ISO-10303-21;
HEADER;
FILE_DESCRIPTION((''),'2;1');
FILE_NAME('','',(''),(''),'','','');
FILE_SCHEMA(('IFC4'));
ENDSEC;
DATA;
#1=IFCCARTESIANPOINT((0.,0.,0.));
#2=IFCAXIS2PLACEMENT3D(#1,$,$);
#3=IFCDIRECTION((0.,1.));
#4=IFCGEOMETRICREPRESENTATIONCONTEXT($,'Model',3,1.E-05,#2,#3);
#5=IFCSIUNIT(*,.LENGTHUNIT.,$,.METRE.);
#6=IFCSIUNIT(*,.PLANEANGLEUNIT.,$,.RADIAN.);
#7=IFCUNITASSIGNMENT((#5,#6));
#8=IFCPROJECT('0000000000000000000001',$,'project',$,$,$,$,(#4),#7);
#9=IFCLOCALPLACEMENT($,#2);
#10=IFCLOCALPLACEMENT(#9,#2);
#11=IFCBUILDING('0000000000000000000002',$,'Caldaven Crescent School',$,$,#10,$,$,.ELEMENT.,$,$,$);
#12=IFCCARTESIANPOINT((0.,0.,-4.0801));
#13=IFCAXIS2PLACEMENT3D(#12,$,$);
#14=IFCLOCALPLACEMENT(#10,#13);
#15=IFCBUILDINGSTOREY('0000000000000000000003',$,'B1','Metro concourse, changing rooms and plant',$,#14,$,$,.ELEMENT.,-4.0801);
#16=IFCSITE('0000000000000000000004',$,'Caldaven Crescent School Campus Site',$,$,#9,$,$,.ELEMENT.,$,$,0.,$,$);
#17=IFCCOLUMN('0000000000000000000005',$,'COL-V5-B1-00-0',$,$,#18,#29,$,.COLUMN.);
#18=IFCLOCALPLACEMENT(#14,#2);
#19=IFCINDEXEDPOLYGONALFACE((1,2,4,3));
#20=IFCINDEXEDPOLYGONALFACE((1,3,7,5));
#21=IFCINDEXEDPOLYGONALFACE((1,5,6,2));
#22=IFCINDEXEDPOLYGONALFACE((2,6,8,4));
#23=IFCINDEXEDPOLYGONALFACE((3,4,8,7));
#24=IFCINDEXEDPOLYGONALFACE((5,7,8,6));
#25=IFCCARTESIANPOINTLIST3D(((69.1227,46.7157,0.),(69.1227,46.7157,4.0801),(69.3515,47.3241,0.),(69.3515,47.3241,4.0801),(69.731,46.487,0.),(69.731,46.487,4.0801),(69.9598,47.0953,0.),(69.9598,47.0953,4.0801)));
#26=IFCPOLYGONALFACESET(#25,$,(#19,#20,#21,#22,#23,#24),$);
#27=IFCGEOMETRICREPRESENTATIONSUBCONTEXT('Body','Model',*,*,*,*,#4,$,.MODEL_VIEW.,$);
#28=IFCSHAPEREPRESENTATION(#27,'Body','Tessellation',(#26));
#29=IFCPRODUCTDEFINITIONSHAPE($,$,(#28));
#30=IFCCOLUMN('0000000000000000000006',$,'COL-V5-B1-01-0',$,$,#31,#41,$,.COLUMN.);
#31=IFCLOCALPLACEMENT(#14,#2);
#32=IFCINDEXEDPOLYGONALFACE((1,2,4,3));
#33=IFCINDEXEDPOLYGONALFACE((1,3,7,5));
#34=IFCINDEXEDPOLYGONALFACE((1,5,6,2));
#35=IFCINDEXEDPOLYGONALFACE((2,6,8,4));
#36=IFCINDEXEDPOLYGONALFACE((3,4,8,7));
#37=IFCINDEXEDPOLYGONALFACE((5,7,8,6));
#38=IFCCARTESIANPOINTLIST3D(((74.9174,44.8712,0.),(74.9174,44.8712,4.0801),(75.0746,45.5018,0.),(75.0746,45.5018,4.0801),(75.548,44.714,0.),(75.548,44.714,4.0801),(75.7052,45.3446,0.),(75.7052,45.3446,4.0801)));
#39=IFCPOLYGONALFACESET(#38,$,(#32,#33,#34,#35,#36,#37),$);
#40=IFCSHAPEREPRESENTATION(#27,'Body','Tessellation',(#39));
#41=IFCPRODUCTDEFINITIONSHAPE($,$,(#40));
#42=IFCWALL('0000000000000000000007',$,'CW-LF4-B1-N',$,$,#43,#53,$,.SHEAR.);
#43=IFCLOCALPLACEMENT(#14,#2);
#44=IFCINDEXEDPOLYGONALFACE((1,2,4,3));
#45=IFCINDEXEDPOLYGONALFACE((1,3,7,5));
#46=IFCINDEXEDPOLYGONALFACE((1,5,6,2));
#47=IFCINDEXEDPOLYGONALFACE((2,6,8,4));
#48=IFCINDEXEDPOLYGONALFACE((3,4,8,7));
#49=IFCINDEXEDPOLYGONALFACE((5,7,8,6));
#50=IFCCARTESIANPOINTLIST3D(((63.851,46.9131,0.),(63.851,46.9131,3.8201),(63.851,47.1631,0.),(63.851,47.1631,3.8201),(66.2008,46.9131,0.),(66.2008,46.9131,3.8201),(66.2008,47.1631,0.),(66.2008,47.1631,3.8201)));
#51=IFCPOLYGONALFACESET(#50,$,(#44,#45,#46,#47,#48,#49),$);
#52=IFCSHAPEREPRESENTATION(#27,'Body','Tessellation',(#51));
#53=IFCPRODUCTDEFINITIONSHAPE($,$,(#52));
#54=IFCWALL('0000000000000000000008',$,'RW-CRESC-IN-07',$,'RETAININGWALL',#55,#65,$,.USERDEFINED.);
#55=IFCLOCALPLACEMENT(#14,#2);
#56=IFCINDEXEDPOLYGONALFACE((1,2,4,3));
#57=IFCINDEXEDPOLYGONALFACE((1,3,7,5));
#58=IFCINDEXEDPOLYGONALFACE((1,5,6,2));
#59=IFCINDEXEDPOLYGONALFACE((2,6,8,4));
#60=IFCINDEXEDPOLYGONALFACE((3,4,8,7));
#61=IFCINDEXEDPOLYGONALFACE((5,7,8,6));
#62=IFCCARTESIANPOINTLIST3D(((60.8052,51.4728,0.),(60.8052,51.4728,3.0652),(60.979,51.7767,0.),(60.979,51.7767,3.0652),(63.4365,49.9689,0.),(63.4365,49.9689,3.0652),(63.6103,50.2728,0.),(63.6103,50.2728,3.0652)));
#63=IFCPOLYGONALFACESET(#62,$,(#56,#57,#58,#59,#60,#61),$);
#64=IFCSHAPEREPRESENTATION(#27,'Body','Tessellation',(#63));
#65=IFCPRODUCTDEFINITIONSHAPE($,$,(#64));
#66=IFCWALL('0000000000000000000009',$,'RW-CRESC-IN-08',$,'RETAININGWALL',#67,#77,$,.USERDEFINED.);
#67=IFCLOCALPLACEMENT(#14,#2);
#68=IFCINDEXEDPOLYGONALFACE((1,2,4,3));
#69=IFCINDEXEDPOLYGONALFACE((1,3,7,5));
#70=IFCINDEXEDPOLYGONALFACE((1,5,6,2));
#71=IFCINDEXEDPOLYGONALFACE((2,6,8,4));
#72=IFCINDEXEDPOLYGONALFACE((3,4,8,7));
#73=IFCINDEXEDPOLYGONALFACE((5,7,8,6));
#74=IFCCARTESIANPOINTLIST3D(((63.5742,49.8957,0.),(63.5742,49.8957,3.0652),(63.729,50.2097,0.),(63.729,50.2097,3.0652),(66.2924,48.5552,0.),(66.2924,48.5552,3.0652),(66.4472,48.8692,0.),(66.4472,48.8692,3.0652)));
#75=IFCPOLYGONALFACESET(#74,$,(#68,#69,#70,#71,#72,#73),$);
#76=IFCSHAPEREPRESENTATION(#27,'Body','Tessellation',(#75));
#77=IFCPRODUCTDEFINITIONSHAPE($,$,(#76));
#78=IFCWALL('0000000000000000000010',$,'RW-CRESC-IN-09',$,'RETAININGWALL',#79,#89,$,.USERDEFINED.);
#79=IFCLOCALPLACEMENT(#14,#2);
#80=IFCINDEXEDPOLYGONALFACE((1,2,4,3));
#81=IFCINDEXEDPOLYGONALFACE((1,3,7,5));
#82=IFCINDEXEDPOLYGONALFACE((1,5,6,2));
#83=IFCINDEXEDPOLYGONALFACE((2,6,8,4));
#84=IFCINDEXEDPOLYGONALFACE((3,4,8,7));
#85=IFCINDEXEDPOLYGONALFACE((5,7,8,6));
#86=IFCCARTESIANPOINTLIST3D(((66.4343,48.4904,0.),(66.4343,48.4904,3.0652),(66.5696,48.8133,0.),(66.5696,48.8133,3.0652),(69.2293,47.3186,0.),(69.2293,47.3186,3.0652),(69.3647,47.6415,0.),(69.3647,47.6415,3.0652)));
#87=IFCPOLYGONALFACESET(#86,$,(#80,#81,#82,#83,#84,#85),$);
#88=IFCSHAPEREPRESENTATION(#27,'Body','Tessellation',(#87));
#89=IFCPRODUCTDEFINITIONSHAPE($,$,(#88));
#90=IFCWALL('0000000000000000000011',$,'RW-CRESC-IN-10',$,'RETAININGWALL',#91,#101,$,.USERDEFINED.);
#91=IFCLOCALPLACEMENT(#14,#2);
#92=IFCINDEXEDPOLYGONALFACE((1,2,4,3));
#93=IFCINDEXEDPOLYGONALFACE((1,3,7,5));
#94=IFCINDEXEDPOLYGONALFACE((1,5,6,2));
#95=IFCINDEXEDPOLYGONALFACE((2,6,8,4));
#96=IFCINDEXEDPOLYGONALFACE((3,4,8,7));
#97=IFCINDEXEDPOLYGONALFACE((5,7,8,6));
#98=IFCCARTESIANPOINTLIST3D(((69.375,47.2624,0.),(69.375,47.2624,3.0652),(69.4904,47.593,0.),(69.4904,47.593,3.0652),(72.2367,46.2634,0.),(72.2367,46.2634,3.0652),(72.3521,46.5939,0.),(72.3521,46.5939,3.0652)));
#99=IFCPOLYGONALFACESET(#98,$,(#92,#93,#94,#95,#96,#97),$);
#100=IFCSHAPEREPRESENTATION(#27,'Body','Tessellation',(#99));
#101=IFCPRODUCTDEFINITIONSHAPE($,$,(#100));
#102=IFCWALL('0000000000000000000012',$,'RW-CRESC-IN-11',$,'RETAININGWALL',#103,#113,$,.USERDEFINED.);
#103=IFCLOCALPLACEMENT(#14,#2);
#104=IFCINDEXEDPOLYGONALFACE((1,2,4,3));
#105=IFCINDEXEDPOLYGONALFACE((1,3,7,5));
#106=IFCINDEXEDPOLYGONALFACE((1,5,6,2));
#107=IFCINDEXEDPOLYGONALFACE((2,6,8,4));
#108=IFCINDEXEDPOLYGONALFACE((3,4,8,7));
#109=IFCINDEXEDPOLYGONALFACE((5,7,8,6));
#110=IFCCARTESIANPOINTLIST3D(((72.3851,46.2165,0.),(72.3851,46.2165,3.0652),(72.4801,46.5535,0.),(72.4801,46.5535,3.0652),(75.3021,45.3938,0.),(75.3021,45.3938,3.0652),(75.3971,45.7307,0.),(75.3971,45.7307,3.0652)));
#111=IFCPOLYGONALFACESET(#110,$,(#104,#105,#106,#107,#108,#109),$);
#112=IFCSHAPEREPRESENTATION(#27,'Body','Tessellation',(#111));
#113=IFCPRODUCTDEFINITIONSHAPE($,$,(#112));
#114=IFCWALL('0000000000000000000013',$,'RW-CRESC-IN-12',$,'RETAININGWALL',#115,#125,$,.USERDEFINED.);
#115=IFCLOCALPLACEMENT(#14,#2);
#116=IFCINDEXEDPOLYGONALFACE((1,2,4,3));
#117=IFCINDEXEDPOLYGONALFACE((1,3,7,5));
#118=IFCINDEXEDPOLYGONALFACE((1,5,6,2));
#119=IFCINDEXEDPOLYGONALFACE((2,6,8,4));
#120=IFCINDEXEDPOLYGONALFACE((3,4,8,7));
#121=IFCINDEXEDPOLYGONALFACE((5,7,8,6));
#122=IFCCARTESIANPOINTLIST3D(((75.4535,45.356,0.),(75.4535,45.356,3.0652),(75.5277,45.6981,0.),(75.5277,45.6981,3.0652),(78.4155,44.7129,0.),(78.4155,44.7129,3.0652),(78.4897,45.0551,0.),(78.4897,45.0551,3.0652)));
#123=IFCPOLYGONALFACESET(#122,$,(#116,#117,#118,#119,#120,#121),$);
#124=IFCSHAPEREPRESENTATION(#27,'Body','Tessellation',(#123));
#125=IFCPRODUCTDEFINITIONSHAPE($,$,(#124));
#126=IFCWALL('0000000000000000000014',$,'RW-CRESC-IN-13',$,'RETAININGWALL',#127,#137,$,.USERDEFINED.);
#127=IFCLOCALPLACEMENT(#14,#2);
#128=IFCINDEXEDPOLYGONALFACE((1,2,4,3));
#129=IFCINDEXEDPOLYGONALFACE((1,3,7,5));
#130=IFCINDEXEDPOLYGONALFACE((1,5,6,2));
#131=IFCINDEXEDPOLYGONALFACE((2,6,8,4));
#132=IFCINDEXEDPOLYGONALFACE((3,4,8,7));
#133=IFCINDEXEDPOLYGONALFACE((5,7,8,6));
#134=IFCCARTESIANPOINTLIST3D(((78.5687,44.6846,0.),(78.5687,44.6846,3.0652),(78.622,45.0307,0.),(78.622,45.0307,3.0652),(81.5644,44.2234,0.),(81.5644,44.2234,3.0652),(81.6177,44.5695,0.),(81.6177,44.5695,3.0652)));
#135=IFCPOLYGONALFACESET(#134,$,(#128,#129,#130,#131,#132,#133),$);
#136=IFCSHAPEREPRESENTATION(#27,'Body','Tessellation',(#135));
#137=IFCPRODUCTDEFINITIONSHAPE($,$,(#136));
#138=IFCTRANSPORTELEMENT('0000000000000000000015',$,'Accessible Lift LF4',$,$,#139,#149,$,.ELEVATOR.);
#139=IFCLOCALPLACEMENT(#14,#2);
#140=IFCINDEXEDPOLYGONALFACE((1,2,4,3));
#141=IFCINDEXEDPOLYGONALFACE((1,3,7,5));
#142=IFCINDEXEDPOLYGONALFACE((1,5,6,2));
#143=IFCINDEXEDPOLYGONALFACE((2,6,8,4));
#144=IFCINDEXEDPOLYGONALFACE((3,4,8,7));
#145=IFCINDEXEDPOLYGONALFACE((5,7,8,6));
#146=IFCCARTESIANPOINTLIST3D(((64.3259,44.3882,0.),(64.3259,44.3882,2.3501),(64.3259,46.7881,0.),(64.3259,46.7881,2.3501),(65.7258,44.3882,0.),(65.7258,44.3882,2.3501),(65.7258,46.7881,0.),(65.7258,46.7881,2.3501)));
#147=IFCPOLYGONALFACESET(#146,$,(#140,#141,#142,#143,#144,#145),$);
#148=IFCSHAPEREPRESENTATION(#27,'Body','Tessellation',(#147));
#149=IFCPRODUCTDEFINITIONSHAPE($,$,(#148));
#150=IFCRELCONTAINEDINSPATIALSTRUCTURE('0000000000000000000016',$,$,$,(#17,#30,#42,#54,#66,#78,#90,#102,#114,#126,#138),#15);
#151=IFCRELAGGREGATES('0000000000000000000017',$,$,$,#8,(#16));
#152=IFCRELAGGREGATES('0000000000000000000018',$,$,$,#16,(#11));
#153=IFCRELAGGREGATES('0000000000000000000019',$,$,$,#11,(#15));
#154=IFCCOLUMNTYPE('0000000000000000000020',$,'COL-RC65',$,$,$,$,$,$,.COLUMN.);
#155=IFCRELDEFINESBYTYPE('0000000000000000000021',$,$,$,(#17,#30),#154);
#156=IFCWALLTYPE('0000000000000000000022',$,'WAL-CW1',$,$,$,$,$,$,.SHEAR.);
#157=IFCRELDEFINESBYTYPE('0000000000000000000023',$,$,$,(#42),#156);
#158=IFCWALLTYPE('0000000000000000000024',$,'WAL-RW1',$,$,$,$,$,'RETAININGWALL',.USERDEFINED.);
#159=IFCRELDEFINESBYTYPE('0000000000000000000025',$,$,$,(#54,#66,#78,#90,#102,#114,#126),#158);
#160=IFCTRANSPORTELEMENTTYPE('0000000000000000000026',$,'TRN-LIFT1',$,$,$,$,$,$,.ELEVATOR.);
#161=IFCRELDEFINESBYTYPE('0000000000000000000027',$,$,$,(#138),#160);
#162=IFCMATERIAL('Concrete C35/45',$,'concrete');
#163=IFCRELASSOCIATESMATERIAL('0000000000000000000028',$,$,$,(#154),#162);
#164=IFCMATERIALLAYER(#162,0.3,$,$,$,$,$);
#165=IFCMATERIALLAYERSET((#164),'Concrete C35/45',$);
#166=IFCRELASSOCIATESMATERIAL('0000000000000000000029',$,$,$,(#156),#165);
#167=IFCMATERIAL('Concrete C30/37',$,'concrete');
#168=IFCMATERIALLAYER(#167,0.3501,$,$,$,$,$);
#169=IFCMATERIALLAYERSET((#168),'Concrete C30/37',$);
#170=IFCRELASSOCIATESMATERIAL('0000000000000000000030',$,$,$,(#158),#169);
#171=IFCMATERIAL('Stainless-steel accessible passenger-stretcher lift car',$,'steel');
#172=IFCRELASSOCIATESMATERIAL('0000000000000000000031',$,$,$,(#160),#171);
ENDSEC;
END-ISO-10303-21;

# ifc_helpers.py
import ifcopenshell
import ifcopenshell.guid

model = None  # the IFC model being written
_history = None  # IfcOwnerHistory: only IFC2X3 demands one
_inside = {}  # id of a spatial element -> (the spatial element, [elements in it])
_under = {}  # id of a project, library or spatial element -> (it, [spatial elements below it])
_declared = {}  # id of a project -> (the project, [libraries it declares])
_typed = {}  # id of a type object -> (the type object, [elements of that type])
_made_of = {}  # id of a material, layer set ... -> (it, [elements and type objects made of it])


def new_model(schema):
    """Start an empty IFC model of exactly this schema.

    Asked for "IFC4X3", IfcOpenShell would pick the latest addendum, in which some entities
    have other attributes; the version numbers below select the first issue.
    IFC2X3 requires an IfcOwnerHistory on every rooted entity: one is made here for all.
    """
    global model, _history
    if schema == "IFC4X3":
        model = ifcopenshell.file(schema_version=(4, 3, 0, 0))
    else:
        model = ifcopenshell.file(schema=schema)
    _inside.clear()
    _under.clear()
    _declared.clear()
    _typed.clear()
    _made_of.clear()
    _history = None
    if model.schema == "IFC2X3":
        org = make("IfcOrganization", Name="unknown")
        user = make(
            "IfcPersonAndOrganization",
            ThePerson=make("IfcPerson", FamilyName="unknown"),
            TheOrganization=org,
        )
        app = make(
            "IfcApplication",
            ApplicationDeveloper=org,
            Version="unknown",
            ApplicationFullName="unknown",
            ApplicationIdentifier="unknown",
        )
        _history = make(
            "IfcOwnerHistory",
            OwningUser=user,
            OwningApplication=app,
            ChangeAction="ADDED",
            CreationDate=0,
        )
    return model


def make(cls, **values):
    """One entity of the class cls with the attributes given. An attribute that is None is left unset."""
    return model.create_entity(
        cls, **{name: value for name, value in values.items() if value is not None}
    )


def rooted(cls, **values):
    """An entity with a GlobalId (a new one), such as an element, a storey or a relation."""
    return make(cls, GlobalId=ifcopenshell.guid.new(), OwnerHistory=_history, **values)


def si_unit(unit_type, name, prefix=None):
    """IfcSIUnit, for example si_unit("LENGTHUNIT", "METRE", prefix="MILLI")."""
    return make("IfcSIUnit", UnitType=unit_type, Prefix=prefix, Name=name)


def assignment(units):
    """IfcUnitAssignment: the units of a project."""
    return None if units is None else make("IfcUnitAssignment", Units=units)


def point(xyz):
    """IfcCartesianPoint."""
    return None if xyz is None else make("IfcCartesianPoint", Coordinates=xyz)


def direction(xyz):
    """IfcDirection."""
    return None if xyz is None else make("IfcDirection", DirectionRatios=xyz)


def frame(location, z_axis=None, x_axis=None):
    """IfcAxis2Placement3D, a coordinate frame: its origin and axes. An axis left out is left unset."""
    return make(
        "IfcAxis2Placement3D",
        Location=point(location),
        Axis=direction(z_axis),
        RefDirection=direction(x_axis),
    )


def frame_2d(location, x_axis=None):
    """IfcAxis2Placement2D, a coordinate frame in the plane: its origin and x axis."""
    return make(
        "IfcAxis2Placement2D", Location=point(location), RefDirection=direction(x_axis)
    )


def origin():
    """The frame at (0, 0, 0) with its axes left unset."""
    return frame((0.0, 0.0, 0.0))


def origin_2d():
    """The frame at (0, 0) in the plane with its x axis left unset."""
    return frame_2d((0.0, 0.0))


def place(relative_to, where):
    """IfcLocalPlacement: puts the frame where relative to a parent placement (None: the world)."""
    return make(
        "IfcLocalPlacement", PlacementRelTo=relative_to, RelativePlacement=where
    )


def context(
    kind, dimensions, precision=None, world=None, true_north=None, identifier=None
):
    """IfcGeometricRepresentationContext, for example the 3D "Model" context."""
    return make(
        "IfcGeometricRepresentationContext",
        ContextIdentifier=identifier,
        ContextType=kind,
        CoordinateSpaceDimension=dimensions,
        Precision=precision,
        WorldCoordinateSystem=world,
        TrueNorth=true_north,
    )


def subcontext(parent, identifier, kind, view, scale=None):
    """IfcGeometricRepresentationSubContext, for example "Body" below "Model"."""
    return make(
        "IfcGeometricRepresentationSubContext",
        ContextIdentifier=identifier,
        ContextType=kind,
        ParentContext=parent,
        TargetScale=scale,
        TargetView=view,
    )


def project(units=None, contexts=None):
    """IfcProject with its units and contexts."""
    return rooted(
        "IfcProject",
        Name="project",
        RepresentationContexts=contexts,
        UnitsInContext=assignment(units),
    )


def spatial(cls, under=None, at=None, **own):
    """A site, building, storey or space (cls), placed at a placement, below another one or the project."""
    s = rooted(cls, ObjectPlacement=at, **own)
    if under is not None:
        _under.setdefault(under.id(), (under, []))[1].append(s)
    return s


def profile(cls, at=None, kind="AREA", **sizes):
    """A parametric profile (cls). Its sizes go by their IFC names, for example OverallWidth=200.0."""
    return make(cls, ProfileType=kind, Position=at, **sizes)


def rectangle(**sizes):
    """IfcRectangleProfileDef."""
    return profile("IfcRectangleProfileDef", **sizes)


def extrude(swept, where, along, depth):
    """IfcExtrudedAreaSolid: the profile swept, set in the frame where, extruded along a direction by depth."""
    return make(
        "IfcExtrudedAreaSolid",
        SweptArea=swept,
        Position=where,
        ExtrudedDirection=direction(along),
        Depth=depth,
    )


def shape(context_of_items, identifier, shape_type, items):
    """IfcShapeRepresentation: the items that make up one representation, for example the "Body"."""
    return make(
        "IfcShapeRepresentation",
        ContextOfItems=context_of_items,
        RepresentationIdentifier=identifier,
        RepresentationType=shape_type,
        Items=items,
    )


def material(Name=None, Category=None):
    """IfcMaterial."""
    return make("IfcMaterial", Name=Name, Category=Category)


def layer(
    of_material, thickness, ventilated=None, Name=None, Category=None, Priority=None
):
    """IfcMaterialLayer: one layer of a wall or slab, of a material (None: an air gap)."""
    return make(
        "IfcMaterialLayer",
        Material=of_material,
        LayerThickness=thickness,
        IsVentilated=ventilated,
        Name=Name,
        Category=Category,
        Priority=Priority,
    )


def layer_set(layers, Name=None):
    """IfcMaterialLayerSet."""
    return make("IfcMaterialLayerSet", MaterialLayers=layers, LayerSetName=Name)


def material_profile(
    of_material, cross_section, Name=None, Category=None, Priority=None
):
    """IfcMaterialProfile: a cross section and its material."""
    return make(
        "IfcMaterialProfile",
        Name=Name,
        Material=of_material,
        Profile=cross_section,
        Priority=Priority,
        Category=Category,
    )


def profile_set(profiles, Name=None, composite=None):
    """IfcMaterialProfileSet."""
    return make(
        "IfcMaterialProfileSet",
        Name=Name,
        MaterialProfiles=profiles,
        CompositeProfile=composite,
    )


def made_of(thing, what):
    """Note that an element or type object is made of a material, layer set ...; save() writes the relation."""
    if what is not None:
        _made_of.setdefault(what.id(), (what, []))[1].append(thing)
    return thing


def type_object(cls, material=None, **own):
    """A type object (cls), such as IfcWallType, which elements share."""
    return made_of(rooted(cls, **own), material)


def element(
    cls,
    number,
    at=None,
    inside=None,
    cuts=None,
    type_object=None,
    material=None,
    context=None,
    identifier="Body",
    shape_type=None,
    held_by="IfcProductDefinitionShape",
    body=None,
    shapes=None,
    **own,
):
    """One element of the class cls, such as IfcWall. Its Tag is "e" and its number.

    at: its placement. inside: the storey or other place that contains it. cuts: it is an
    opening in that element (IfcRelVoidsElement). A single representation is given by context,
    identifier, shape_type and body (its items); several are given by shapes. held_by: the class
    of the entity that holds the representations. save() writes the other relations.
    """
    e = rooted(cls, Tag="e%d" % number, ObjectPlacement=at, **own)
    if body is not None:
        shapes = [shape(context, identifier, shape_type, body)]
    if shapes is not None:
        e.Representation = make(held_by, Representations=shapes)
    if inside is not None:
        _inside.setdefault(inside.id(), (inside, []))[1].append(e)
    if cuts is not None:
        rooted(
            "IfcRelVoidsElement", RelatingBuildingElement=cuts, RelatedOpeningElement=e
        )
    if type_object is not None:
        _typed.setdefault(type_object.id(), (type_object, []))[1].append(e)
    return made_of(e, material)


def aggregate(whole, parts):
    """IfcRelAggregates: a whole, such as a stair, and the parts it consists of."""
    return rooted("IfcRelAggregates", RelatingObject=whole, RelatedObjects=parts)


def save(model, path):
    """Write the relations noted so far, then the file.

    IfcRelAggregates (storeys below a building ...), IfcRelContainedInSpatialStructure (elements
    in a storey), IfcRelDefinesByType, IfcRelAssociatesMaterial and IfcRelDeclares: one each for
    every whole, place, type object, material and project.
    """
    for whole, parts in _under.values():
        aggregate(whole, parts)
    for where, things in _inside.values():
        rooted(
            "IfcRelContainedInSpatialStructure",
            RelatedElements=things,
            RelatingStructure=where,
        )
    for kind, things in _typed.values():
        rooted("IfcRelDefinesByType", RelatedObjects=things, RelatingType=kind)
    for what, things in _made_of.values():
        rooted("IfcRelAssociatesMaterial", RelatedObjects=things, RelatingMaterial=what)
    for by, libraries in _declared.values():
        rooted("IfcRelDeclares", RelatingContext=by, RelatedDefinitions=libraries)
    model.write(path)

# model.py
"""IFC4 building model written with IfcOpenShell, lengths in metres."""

from ifc_helpers import new_model, si_unit, direction, frame, frame_2d, origin, origin_2d, place, context, subcontext, project, spatial, rectangle, extrude, material, layer, layer_set, material_profile, profile_set, type_object, element, save


model = new_model("IFC4")

# Units and contexts
model_context = context("Model", 3, precision=1e-05, world=origin(), true_north=direction((0.0, 1.0)))
body_context = subcontext(model_context, "Body", "Model", "MODEL_VIEW")
ifc_project = project(units=[si_unit("LENGTHUNIT", "METRE"), si_unit("PLANEANGLEUNIT", "RADIAN")], contexts=[model_context])

# Site, building, storey
site_placement = place(None, origin())
site = spatial("IfcSite", under=ifc_project, at=site_placement, Name="Caldaven Crescent School Campus Site", CompositionType="ELEMENT", RefElevation=0.0)
building_placement = place(site_placement, origin())
building = spatial("IfcBuilding", under=site, at=building_placement, Name="Caldaven Crescent School", CompositionType="ELEMENT")
storey_placement = place(building_placement, frame((0.0, 0.0, -4.0801)))
storey = spatial("IfcBuildingStorey", under=building, at=storey_placement, Name="B1", Description="Metro concourse, changing rooms and plant", CompositionType="ELEMENT", Elevation=-4.0801)

# Shared definitions
ifc_material_1 = material(Name="Concrete C30/37", Category="concrete")
ifc_material_2 = material(Name="Concrete C35/45", Category="concrete")

# Columns
ifc_material_profile_1 = material_profile(ifc_material_2, rectangle(XDim=0.6499, YDim=0.6499, at=origin_2d()), Name="RC 650x650")
ifc_profile_set_1 = profile_set([ifc_material_profile_1], Name="Concrete C35/45")
column_type_1 = type_object("IfcColumnType", Name="COL-RC65", PredefinedType="COLUMN", material=ifc_profile_set_1)
for number, where, z_axis, x_axis, name in (
    (1, (69.5413, 46.9055, 0.0), (0.0, 0.0, 1.0), (-0.352005, -0.935998, 0.0), "COL-V5-B1-00-0"),
    (2, (75.3113, 45.1079, 0.0), (0.0, 0.0, 1.0), (-0.241922, -0.970296, 0.0), "COL-V5-B1-01-0"),
):
    element("IfcColumn", number, at=place(storey_placement, frame(where, z_axis=z_axis, x_axis=x_axis)), inside=storey, type_object=column_type_1, Name=name, PredefinedType="COLUMN", context=body_context, shape_type="SweptSolid", body=[
        extrude(rectangle(XDim=0.6499, YDim=0.6499, at=origin_2d()), origin(), (0.0, 0.0, 1.0), 4.0801),
    ])

# Walls
ifc_layer_1 = layer(ifc_material_2, 0.3)
ifc_layer_set_1 = layer_set([ifc_layer_1], Name="Concrete C35/45")
wall_type_1 = type_object("IfcWallType", Name="WAL-CW1", PredefinedType="SHEAR", material=ifc_layer_set_1)
wall_1_placement = place(storey_placement, frame((63.8511, 47.0381, 0.0), z_axis=(0.0, 0.0, 1.0), x_axis=(1.0, 0.0, 0.0)))
element("IfcWall", 3, at=wall_1_placement, inside=storey, type_object=wall_type_1, Name="CW-LF4-B1-N", PredefinedType="SHEAR", context=body_context, shape_type="SweptSolid", body=[
    extrude(rectangle(XDim=2.3499, YDim=0.25, at=frame_2d((1.1748, 0.0))), origin(), (0.0, 0.0, 1.0), 3.8201),
])
ifc_layer_2 = layer(ifc_material_1, 0.3501)
ifc_layer_set_2 = layer_set([ifc_layer_2], Name="Concrete C30/37")
wall_type_2 = type_object("IfcWallType", Name="WAL-RW1", ElementType="RETAININGWALL", PredefinedType="USERDEFINED", material=ifc_layer_set_2)
for number, where, z_axis, x_axis, name in (
    (4, (60.8921, 51.6248, 0.0), (0.0, 0.0, 1.0), (0.868203, -0.496208, 0.0), "RW-CRESC-IN-07"),
    (5, (63.6516, 50.0527, 0.0), (0.0, 0.0, 1.0), (0.896863, -0.442309, 0.0), "RW-CRESC-IN-08"),
    (6, (66.502, 48.6519, 0.0), (0.0, 0.0, 1.0), (0.922229, -0.386645, 0.0), "RW-CRESC-IN-09"),
):
    element("IfcWall", number, at=place(storey_placement, frame(where, z_axis=z_axis, x_axis=x_axis)), inside=storey, type_object=wall_type_2, Name=name, ObjectType="RETAININGWALL", PredefinedType="USERDEFINED", context=body_context, shape_type="SweptSolid", body=[
        extrude(rectangle(XDim=3.0308, YDim=0.3501, at=frame_2d((1.5154, 0.0))), origin(), (0.0, 0.0, 1.0), 3.0652),
    ])
wall_2_placement = place(storey_placement, frame((69.4326, 47.4277, 0.0), z_axis=(0.0, 0.0, 1.0), x_axis=(0.944118, -0.329608, 0.0)))
element("IfcWall", 7, at=wall_2_placement, inside=storey, type_object=wall_type_2, Name="RW-CRESC-IN-10", ObjectType="RETAININGWALL", PredefinedType="USERDEFINED", context=body_context, shape_type="SweptSolid", body=[
    extrude(rectangle(XDim=3.031, YDim=0.3501, at=frame_2d((1.5156, 0.0))), origin(), (0.0, 0.0, 1.0), 3.0652),
])
wall_3_placement = place(storey_placement, frame((72.4326, 46.385, 0.0), z_axis=(0.0, 0.0, 1.0), x_axis=(0.962449, -0.271464, 0.0)))
element("IfcWall", 8, at=wall_3_placement, inside=storey, type_object=wall_type_2, Name="RW-CRESC-IN-11", ObjectType="RETAININGWALL", PredefinedType="USERDEFINED", context=body_context, shape_type="SweptSolid", body=[
    extrude(rectangle(XDim=3.0308, YDim=0.3501, at=frame_2d((1.5154, 0.0))), origin(), (0.0, 0.0, 1.0), 3.0652),
])
for number, where, z_axis, x_axis, name in (
    (9, (75.4905, 45.5271, 0.0), (0.0, 0.0, 1.0), (0.977233, -0.212169, 0.0), "RW-CRESC-IN-12"),
    (10, (78.5952, 44.8577, 0.0), (0.0, 0.0, 1.0), (0.988356, -0.15216, 0.0), "RW-CRESC-IN-13"),
):
    element("IfcWall", number, at=place(storey_placement, frame(where, z_axis=z_axis, x_axis=x_axis)), inside=storey, type_object=wall_type_2, Name=name, ObjectType="RETAININGWALL", PredefinedType="USERDEFINED", context=body_context, shape_type="SweptSolid", body=[
        extrude(rectangle(XDim=3.031, YDim=0.3501, at=frame_2d((1.5156, 0.0))), origin(), (0.0, 0.0, 1.0), 3.0652),
    ])

# Transport element
ifc_material_3 = material(Name="Stainless-steel accessible passenger-stretcher lift car", Category="steel")
transport_element_type = type_object("IfcTransportElementType", Name="TRN-LIFT1", PredefinedType="ELEVATOR", material=ifc_material_3)
transport_element_placement = place(storey_placement, frame((65.0259, 45.5881, 0.0), z_axis=(0.0, 0.0, 1.0), x_axis=(1.0, 0.0, 0.0)))
element("IfcTransportElement", 11, at=transport_element_placement, inside=storey, type_object=transport_element_type, Name="Accessible Lift LF4", PredefinedType="ELEVATOR", context=body_context, shape_type="SweptSolid", body=[
    extrude(rectangle(XDim=1.3999, YDim=2.3999, at=origin_2d()), origin(), (0.0, 0.0, 1.0), 2.3501),
])

save(model, "model.ifc")
